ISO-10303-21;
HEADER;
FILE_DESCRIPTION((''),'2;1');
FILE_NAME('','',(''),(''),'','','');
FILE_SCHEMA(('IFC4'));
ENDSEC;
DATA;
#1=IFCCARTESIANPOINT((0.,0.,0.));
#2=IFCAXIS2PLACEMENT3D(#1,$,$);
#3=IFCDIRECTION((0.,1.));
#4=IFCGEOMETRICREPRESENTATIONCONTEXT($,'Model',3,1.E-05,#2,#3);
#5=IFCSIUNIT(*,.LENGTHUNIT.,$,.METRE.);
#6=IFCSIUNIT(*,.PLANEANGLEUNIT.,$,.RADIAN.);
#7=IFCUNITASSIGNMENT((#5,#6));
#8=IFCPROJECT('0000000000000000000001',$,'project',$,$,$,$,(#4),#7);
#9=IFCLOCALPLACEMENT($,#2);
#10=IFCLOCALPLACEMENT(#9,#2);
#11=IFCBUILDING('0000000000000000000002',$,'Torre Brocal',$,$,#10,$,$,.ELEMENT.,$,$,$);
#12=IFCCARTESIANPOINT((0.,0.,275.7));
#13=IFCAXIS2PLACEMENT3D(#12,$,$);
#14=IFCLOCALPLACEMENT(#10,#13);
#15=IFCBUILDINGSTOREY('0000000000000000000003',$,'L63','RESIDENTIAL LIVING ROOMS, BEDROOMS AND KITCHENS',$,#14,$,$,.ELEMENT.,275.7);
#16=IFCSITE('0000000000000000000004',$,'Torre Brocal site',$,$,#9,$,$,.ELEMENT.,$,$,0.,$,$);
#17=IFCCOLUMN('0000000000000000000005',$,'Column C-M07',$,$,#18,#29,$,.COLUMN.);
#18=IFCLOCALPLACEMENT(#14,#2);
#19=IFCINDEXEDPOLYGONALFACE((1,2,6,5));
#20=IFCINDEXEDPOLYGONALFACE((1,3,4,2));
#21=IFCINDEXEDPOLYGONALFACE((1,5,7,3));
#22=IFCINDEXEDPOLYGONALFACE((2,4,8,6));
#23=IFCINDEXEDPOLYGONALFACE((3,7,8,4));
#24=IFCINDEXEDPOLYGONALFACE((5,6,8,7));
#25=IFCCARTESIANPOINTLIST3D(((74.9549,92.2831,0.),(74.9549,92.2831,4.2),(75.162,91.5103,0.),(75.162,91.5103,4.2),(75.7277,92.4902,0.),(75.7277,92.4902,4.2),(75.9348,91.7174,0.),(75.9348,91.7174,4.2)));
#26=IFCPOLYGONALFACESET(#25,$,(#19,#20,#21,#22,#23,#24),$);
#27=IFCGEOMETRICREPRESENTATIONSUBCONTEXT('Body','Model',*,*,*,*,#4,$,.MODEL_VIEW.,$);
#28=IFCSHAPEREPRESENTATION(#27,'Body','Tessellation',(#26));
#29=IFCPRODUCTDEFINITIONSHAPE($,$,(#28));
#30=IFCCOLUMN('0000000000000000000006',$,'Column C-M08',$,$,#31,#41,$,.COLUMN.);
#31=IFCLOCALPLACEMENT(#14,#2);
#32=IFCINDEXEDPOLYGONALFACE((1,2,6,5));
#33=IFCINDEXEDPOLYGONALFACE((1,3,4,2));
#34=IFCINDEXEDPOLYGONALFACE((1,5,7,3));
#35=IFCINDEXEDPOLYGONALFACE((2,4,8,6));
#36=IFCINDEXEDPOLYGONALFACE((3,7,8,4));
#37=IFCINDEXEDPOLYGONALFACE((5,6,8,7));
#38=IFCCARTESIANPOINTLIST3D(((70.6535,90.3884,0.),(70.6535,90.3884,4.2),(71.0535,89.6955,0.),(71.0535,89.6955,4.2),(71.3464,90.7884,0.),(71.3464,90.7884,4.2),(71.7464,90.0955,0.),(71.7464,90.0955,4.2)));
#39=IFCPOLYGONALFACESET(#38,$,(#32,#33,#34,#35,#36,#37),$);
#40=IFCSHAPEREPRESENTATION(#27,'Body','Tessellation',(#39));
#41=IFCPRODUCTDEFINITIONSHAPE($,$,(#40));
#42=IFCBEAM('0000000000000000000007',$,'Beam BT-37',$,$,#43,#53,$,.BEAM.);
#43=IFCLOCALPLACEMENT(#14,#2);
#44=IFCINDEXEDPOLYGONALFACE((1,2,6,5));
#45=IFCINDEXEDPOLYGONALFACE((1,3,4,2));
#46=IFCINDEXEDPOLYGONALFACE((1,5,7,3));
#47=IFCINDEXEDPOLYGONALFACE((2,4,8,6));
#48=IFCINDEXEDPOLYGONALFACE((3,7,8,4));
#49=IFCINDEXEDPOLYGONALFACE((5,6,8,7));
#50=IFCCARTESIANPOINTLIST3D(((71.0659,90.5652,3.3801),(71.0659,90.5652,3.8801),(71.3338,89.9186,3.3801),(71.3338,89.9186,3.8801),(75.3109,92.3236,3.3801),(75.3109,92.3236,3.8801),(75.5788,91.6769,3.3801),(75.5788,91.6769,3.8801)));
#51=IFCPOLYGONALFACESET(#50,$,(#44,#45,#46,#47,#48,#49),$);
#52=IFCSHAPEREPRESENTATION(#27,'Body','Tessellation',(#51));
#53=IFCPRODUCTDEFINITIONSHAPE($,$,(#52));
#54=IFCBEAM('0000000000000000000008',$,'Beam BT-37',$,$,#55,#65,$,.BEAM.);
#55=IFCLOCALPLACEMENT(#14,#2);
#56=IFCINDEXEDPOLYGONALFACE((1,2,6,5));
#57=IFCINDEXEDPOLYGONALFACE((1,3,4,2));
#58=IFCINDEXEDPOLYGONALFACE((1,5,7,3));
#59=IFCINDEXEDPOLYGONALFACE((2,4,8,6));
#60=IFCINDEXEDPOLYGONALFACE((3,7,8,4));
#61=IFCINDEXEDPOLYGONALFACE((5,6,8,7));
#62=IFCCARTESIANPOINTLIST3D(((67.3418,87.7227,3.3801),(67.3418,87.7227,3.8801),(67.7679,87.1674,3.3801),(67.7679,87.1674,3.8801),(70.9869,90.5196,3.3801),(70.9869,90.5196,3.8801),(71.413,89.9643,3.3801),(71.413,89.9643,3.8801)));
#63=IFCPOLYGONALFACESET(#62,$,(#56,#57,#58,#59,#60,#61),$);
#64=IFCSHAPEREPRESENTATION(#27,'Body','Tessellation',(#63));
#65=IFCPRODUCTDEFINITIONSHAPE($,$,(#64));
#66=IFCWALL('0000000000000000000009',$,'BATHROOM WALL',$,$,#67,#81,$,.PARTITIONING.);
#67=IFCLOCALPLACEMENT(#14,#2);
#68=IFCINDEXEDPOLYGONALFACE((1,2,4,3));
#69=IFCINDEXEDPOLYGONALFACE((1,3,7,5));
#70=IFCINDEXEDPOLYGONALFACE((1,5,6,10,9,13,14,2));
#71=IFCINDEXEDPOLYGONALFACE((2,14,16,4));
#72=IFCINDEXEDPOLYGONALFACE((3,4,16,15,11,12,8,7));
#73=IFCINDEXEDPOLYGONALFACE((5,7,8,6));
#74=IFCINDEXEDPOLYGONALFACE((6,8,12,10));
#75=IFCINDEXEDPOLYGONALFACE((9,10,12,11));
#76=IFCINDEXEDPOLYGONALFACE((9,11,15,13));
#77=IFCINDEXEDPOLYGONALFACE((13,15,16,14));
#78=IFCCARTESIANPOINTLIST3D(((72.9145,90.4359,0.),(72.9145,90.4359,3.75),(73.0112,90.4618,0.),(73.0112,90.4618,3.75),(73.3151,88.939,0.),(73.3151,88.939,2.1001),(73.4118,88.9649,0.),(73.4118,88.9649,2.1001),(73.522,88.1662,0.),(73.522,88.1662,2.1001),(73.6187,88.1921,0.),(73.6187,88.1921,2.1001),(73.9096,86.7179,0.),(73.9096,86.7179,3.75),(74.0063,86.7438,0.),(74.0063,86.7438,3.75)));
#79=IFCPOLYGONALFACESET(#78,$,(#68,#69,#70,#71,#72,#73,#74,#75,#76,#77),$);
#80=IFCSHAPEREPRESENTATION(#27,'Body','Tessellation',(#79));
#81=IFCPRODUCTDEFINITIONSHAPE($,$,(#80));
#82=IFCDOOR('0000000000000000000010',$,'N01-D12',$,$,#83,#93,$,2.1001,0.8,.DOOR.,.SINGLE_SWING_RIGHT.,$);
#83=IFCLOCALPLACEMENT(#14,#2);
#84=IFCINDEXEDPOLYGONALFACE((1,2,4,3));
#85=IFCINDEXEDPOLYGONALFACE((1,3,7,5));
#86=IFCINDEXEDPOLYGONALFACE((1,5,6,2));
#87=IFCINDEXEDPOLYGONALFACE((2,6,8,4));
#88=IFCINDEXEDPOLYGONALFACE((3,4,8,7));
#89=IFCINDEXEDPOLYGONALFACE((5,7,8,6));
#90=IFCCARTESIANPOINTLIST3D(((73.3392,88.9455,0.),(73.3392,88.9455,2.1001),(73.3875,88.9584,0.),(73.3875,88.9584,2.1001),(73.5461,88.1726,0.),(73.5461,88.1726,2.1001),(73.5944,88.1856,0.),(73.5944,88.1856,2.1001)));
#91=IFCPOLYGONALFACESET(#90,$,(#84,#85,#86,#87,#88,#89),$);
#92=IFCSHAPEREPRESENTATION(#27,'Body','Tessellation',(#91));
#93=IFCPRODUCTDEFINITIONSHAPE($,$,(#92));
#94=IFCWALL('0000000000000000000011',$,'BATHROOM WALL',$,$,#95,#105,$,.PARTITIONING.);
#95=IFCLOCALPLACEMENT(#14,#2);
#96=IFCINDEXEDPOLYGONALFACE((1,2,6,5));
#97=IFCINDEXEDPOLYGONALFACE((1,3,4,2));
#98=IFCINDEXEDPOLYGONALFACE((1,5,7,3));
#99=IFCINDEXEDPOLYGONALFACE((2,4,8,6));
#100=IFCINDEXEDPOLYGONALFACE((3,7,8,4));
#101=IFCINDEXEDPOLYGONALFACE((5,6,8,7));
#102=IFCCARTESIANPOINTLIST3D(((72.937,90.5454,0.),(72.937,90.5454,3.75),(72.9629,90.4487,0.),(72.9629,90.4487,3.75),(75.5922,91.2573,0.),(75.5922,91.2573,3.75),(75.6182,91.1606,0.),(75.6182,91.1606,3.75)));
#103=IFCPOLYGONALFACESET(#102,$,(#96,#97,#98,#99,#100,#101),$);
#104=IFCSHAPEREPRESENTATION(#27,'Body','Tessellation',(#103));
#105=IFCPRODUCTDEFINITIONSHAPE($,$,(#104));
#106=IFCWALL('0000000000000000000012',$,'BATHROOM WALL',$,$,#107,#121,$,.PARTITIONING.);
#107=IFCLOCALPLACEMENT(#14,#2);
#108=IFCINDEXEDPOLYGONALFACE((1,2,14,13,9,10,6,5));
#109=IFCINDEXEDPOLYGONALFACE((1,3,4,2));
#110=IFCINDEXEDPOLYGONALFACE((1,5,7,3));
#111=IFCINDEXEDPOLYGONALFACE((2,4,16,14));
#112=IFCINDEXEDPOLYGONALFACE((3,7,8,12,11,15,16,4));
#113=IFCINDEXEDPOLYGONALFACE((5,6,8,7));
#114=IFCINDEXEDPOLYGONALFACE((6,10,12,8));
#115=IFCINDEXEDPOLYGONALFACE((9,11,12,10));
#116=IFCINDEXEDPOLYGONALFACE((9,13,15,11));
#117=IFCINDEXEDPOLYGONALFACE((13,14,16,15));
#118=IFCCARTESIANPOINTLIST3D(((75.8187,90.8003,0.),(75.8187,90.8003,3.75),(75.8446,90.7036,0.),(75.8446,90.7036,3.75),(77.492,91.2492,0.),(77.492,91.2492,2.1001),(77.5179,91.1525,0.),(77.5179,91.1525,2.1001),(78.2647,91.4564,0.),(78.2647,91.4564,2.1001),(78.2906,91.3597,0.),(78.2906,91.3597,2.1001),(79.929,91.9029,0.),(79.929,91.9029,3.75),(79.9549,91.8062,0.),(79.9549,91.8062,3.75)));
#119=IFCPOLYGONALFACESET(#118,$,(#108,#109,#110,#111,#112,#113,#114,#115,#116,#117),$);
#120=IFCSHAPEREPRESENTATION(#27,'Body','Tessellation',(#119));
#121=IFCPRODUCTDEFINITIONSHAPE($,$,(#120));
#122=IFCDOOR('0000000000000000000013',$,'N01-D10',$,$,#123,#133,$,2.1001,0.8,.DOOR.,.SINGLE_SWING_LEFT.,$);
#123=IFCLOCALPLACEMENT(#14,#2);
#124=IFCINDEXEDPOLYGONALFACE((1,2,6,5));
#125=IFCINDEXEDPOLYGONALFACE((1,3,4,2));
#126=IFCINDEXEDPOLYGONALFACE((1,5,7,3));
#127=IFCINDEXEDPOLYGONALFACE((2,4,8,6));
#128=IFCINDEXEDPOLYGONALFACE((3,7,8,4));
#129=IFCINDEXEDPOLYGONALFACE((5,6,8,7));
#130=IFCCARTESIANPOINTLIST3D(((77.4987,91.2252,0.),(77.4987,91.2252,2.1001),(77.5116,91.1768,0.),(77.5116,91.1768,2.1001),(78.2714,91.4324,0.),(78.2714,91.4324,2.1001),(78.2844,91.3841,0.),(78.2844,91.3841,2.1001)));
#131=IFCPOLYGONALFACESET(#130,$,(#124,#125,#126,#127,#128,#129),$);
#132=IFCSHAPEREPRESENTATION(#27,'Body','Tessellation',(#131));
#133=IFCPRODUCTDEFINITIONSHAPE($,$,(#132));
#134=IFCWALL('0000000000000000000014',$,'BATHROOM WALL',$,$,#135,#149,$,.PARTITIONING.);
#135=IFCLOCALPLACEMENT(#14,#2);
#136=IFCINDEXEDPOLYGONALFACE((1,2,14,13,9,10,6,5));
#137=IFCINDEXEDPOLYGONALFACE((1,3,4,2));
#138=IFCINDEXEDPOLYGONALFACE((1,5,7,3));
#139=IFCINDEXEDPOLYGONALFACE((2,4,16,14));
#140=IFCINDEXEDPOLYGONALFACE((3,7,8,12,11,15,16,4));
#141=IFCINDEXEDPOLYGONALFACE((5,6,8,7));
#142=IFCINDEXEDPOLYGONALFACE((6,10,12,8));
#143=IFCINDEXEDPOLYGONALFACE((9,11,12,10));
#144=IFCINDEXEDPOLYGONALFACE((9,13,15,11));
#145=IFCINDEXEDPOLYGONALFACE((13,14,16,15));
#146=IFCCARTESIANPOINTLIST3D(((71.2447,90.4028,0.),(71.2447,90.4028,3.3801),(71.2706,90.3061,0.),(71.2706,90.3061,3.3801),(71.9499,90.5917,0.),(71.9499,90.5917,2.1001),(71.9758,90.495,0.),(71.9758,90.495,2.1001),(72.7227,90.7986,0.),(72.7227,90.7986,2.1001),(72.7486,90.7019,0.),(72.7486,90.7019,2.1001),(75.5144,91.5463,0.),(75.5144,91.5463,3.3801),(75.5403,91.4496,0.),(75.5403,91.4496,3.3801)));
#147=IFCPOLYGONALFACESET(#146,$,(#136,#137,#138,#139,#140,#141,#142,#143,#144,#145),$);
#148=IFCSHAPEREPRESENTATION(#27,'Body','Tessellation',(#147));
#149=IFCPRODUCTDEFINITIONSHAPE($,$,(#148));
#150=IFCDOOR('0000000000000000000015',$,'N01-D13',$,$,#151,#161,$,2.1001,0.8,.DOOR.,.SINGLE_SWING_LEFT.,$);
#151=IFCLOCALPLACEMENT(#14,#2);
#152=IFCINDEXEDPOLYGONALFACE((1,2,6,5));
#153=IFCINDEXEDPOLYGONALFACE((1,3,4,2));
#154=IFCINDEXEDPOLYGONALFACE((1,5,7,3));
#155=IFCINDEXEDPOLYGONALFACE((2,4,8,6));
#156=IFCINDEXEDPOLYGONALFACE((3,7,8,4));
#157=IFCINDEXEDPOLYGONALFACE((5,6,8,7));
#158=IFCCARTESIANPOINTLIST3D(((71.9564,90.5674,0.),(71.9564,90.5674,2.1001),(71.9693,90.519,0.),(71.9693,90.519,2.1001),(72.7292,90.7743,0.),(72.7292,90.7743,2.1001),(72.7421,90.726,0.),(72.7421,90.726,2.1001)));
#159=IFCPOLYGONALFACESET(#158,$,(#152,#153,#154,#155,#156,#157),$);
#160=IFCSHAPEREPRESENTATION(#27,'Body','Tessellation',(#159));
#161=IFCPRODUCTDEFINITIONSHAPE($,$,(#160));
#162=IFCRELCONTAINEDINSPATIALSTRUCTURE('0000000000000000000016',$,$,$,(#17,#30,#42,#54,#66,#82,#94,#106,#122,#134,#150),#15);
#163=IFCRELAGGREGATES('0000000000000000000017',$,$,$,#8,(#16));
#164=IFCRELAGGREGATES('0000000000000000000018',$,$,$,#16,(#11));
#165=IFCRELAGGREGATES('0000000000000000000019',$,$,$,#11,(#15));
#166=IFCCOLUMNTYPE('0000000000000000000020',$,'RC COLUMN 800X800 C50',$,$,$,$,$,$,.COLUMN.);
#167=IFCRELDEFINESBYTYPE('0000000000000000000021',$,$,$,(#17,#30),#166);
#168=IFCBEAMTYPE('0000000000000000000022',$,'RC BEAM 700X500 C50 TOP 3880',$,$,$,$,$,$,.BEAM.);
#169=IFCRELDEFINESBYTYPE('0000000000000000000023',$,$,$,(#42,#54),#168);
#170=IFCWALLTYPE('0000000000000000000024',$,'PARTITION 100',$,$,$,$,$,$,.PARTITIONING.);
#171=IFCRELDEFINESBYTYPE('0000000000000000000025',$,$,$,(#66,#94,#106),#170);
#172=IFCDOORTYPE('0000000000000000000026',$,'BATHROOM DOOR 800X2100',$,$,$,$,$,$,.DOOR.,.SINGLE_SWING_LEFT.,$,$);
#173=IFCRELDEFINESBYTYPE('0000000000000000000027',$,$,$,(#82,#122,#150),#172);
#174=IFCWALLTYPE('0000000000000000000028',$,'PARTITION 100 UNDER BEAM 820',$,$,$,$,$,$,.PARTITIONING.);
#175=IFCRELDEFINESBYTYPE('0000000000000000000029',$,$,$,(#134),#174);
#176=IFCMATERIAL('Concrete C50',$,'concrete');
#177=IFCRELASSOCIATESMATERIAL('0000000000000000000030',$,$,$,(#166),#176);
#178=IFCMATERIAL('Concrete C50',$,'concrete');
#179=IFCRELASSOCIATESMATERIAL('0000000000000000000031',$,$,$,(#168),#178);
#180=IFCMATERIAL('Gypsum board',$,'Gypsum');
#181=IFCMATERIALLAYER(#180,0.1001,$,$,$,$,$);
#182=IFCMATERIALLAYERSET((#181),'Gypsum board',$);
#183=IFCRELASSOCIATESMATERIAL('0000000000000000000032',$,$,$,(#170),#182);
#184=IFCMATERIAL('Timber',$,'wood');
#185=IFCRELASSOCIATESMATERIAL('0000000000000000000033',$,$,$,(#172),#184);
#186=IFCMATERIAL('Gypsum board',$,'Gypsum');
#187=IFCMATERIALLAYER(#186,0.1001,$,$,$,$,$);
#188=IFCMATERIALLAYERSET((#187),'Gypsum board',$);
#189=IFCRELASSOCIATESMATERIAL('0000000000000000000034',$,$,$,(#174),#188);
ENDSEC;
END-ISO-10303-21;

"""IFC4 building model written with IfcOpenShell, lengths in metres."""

from ifc_helpers import new_model, si_unit, direction, frame, frame_2d, origin, origin_2d, place, context, subcontext, project, spatial, rectangle, extrude, material, layer, layer_set, material_profile, profile_set, type_object, element, fill, save


model = new_model("IFC4")

# Units and contexts
model_context = context("Model", 3, precision=1e-05, world=origin(), true_north=direction((0.0, 1.0)))
body_context = subcontext(model_context, "Body", "Model", "MODEL_VIEW")
ifc_project = project(units=[si_unit("LENGTHUNIT", "METRE"), si_unit("PLANEANGLEUNIT", "RADIAN")], contexts=[model_context])

# Site, building, storey
site_placement = place(None, origin())
site = spatial("IfcSite", under=ifc_project, at=site_placement, Name="Torre Brocal site", CompositionType="ELEMENT", RefElevation=0.0)
building_placement = place(site_placement, origin())
building = spatial("IfcBuilding", under=site, at=building_placement, Name="Torre Brocal", CompositionType="ELEMENT")
storey_placement = place(building_placement, frame((0.0, 0.0, 275.7)))
storey = spatial("IfcBuildingStorey", under=building, at=storey_placement, Name="L63", Description="RESIDENTIAL LIVING ROOMS, BEDROOMS AND KITCHENS", CompositionType="ELEMENT", Elevation=275.7)

# Columns
ifc_material_1 = material(Name="Concrete C50", Category="concrete")
ifc_material_profile_1 = material_profile(ifc_material_1, rectangle(XDim=0.8, YDim=0.8, at=origin_2d()), Name="RC 800X800")
ifc_profile_set_1 = profile_set([ifc_material_profile_1], Name="Concrete C50")
column_type = type_object("IfcColumnType", Name="RC COLUMN 800X800 C50", PredefinedType="COLUMN", material=ifc_profile_set_1)
for number, where, z_axis, x_axis, name in (
    (1, (75.4448, 92.0002, 0.0), (0.0, 0.0, 1.0), (-0.258819, 0.965926, 0.0), "Column C-M07"),
    (2, (71.2, 90.2419, 0.0), (0.0, 0.0, 1.0), (-0.5, 0.866025, 0.0), "Column C-M08"),
):
    element("IfcColumn", number, at=place(storey_placement, frame(where, z_axis=z_axis, x_axis=x_axis)), inside=storey, type_object=column_type, Name=name, PredefinedType="COLUMN", context=body_context, shape_type="SweptSolid", body=[
        extrude(rectangle(XDim=0.8, YDim=0.8, at=origin_2d()), origin(), (0.0, 0.0, 1.0), 4.2),
    ])

# Beams
ifc_material_2 = material(Name="Concrete C50", Category="concrete")
ifc_material_profile_2 = material_profile(ifc_material_2, rectangle(XDim=0.7, YDim=0.5, at=origin_2d()), Name="RC 700X500")
ifc_profile_set_2 = profile_set([ifc_material_profile_2], Name="Concrete C50")
beam_type = type_object("IfcBeamType", Name="RC BEAM 700X500 C50 TOP 3880", PredefinedType="BEAM", material=ifc_profile_set_2)
beam_1_placement = place(storey_placement, frame((75.4448, 92.0002, 3.6301), z_axis=(-0.923878, -0.382687, 0.0), x_axis=(0.382687, -0.923878, 0.0)))
element("IfcBeam", 3, at=beam_1_placement, inside=storey, type_object=beam_type, Name="Beam BT-37", PredefinedType="BEAM", context=body_context, shape_type="SweptSolid", body=[
    extrude(rectangle(XDim=0.7, YDim=0.5, at=origin_2d()), origin(), (0.0, 0.0, 1.0), 4.5947),
])
beam_2_placement = place(storey_placement, frame((71.2, 90.2419, 3.6301), z_axis=(-0.793358, -0.608755, 0.0), x_axis=(0.608755, -0.793358, 0.0)))
element("IfcBeam", 4, at=beam_2_placement, inside=storey, type_object=beam_type, Name="Beam BT-37", PredefinedType="BEAM", context=body_context, shape_type="SweptSolid", body=[
    extrude(rectangle(XDim=0.7, YDim=0.5, at=origin_2d()), origin(), (0.0, 0.0, 1.0), 4.5945),
])

# Wall, opening, door
ifc_material_3 = material(Name="Gypsum board", Category="Gypsum")
ifc_layer_1 = layer(ifc_material_3, 0.1001)
ifc_layer_set_1 = layer_set([ifc_layer_1], Name="Gypsum board")
wall_type_1 = type_object("IfcWallType", Name="PARTITION 100", PredefinedType="PARTITIONING", material=ifc_layer_set_1)
wall_1_placement = place(storey_placement, frame((72.9629, 90.4487, 0.0), z_axis=(0.0, 0.0, 1.0), x_axis=(0.258547, -0.965999, 0.0)))
wall_1 = element("IfcWall", 5, at=wall_1_placement, inside=storey, type_object=wall_type_1, Name="BATHROOM WALL", PredefinedType="PARTITIONING", context=body_context, shape_type="SweptSolid", body=[
    extrude(rectangle(XDim=3.8489, YDim=0.1001, at=frame_2d((1.9243, 0.0))), origin(), (0.0, 0.0, 1.0), 3.75),
])
opening_1_placement = place(wall_1_placement, frame((1.5496, 0.0, 0.0)))
opening_1 = element("IfcOpeningElement", 6, at=opening_1_placement, cuts=wall_1, PredefinedType="OPENING", context=body_context, shape_type="SweptSolid", body=[
    extrude(rectangle(XDim=0.8, YDim=2.1001, at=frame_2d((0.3999, 1.05))), frame((0.0, 0.0601, 0.0), z_axis=(0.0, -1.0, 0.0), x_axis=(1.0, 0.0, 0.0)), (0.0, 0.0, 1.0), 0.1201),
])
ifc_material_4 = material(Name="Timber", Category="wood")
door_type_1 = type_object("IfcDoorType", Name="BATHROOM DOOR 800X2100", OperationType="SINGLE_SWING_LEFT", PredefinedType="DOOR", material=ifc_material_4)
door_1_placement = place(opening_1_placement, origin())
door_1 = element("IfcDoor", 7, at=door_1_placement, inside=storey, type_object=door_type_1, Name="N01-D12", OperationType="SINGLE_SWING_RIGHT", OverallHeight=2.1001, OverallWidth=0.8, PredefinedType="DOOR", context=body_context, shape_type="SweptSolid", body=[
    extrude(rectangle(XDim=0.8, YDim=2.1001, at=frame_2d((0.3999, 1.05))), frame((0.0, 0.0249, 0.0), z_axis=(0.0, -1.0, 0.0), x_axis=(1.0, 0.0, 0.0)), (0.0, 0.0, 1.0), 0.05),
])
fill(opening_1, door_1)

# Wall
wall_2_placement = place(storey_placement, frame((72.95, 90.4971, 0.0), z_axis=(0.0, 0.0, 1.0), x_axis=(0.965886, 0.258967, 0.0)))
element("IfcWall", 8, at=wall_2_placement, inside=storey, type_object=wall_type_1, Name="BATHROOM WALL", PredefinedType="PARTITIONING", context=body_context, shape_type="SweptSolid", body=[
    extrude(rectangle(XDim=2.749, YDim=0.1001, at=frame_2d((1.3745, 0.0))), origin(), (0.0, 0.0, 1.0), 3.75),
])

# Walls, openings, doors
wall_3_placement = place(storey_placement, frame((75.8315, 90.752, 0.0), z_axis=(0.0, 0.0, 1.0), x_axis=(0.965857, 0.259076, 0.0)))
wall_3 = element("IfcWall", 9, at=wall_3_placement, inside=storey, type_object=wall_type_1, Name="BATHROOM WALL", PredefinedType="PARTITIONING", context=body_context, shape_type="SweptSolid", body=[
    extrude(rectangle(XDim=4.2556, YDim=0.1001, at=frame_2d((2.1279, 0.0))), origin(), (0.0, 0.0, 1.0), 3.75),
])
opening_2_placement = place(wall_3_placement, frame((1.7327, 0.0, 0.0)))
opening_2 = element("IfcOpeningElement", 10, at=opening_2_placement, cuts=wall_3, PredefinedType="OPENING", context=body_context, shape_type="SweptSolid", body=[
    extrude(rectangle(XDim=0.8, YDim=2.1001, at=frame_2d((0.3999, 1.05))), frame((0.0, 0.0601, 0.0), z_axis=(0.0, -1.0, 0.0), x_axis=(1.0, 0.0, 0.0)), (0.0, 0.0, 1.0), 0.1201),
])
door_2_placement = place(opening_2_placement, frame((0.8, 0.0, 0.0), z_axis=(0.0, 0.0, 1.0), x_axis=(-1.0, 0.0, 0.0)))
door_2 = element("IfcDoor", 11, at=door_2_placement, inside=storey, type_object=door_type_1, Name="N01-D10", OperationType="SINGLE_SWING_LEFT", OverallHeight=2.1001, OverallWidth=0.8, PredefinedType="DOOR", context=body_context, shape_type="SweptSolid", body=[
    extrude(rectangle(XDim=0.8, YDim=2.1001, at=frame_2d((0.3999, 1.05))), frame((0.0, 0.0249, 0.0), z_axis=(0.0, -1.0, 0.0), x_axis=(1.0, 0.0, 0.0)), (0.0, 0.0, 1.0), 0.05),
])
fill(opening_2, door_2)
ifc_material_5 = material(Name="Gypsum board", Category="Gypsum")
ifc_layer_2 = layer(ifc_material_5, 0.1001)
ifc_layer_set_2 = layer_set([ifc_layer_2], Name="Gypsum board")
wall_type_2 = type_object("IfcWallType", Name="PARTITION 100 UNDER BEAM 820", PredefinedType="PARTITIONING", material=ifc_layer_set_2)
wall_4_placement = place(storey_placement, frame((71.2578, 90.3545, 0.0), z_axis=(0.0, 0.0, 1.0), x_axis=(0.965956, 0.258708, 0.0)))
wall_4 = element("IfcWall", 12, at=wall_4_placement, inside=storey, type_object=wall_type_2, Name="BATHROOM WALL", PredefinedType="PARTITIONING", context=body_context, shape_type="SweptSolid", body=[
    extrude(rectangle(XDim=4.4202, YDim=0.1001, at=frame_2d((2.21, 0.0))), origin(), (0.0, 0.0, 1.0), 3.3801),
])
opening_3_placement = place(wall_4_placement, frame((0.73, 0.0, 0.0)))
opening_3 = element("IfcOpeningElement", 13, at=opening_3_placement, cuts=wall_4, PredefinedType="OPENING", context=body_context, shape_type="SweptSolid", body=[
    extrude(rectangle(XDim=0.8, YDim=2.1001, at=frame_2d((0.3999, 1.05))), frame((0.0, 0.0601, 0.0), z_axis=(0.0, -1.0, 0.0), x_axis=(1.0, 0.0, 0.0)), (0.0, 0.0, 1.0), 0.1201),
])
door_3_placement = place(opening_3_placement, origin())
door_3 = element("IfcDoor", 14, at=door_3_placement, inside=storey, type_object=door_type_1, Name="N01-D13", OperationType="SINGLE_SWING_LEFT", OverallHeight=2.1001, OverallWidth=0.8, PredefinedType="DOOR", context=body_context, shape_type="SweptSolid", body=[
    extrude(rectangle(XDim=0.8, YDim=2.1001, at=frame_2d((0.3999, 1.05))), frame((0.0, 0.0249, 0.0), z_axis=(0.0, -1.0, 0.0), x_axis=(1.0, 0.0, 0.0)), (0.0, 0.0, 1.0), 0.05),
])
fill(opening_3, door_3)

save(model, "model.ifc")
